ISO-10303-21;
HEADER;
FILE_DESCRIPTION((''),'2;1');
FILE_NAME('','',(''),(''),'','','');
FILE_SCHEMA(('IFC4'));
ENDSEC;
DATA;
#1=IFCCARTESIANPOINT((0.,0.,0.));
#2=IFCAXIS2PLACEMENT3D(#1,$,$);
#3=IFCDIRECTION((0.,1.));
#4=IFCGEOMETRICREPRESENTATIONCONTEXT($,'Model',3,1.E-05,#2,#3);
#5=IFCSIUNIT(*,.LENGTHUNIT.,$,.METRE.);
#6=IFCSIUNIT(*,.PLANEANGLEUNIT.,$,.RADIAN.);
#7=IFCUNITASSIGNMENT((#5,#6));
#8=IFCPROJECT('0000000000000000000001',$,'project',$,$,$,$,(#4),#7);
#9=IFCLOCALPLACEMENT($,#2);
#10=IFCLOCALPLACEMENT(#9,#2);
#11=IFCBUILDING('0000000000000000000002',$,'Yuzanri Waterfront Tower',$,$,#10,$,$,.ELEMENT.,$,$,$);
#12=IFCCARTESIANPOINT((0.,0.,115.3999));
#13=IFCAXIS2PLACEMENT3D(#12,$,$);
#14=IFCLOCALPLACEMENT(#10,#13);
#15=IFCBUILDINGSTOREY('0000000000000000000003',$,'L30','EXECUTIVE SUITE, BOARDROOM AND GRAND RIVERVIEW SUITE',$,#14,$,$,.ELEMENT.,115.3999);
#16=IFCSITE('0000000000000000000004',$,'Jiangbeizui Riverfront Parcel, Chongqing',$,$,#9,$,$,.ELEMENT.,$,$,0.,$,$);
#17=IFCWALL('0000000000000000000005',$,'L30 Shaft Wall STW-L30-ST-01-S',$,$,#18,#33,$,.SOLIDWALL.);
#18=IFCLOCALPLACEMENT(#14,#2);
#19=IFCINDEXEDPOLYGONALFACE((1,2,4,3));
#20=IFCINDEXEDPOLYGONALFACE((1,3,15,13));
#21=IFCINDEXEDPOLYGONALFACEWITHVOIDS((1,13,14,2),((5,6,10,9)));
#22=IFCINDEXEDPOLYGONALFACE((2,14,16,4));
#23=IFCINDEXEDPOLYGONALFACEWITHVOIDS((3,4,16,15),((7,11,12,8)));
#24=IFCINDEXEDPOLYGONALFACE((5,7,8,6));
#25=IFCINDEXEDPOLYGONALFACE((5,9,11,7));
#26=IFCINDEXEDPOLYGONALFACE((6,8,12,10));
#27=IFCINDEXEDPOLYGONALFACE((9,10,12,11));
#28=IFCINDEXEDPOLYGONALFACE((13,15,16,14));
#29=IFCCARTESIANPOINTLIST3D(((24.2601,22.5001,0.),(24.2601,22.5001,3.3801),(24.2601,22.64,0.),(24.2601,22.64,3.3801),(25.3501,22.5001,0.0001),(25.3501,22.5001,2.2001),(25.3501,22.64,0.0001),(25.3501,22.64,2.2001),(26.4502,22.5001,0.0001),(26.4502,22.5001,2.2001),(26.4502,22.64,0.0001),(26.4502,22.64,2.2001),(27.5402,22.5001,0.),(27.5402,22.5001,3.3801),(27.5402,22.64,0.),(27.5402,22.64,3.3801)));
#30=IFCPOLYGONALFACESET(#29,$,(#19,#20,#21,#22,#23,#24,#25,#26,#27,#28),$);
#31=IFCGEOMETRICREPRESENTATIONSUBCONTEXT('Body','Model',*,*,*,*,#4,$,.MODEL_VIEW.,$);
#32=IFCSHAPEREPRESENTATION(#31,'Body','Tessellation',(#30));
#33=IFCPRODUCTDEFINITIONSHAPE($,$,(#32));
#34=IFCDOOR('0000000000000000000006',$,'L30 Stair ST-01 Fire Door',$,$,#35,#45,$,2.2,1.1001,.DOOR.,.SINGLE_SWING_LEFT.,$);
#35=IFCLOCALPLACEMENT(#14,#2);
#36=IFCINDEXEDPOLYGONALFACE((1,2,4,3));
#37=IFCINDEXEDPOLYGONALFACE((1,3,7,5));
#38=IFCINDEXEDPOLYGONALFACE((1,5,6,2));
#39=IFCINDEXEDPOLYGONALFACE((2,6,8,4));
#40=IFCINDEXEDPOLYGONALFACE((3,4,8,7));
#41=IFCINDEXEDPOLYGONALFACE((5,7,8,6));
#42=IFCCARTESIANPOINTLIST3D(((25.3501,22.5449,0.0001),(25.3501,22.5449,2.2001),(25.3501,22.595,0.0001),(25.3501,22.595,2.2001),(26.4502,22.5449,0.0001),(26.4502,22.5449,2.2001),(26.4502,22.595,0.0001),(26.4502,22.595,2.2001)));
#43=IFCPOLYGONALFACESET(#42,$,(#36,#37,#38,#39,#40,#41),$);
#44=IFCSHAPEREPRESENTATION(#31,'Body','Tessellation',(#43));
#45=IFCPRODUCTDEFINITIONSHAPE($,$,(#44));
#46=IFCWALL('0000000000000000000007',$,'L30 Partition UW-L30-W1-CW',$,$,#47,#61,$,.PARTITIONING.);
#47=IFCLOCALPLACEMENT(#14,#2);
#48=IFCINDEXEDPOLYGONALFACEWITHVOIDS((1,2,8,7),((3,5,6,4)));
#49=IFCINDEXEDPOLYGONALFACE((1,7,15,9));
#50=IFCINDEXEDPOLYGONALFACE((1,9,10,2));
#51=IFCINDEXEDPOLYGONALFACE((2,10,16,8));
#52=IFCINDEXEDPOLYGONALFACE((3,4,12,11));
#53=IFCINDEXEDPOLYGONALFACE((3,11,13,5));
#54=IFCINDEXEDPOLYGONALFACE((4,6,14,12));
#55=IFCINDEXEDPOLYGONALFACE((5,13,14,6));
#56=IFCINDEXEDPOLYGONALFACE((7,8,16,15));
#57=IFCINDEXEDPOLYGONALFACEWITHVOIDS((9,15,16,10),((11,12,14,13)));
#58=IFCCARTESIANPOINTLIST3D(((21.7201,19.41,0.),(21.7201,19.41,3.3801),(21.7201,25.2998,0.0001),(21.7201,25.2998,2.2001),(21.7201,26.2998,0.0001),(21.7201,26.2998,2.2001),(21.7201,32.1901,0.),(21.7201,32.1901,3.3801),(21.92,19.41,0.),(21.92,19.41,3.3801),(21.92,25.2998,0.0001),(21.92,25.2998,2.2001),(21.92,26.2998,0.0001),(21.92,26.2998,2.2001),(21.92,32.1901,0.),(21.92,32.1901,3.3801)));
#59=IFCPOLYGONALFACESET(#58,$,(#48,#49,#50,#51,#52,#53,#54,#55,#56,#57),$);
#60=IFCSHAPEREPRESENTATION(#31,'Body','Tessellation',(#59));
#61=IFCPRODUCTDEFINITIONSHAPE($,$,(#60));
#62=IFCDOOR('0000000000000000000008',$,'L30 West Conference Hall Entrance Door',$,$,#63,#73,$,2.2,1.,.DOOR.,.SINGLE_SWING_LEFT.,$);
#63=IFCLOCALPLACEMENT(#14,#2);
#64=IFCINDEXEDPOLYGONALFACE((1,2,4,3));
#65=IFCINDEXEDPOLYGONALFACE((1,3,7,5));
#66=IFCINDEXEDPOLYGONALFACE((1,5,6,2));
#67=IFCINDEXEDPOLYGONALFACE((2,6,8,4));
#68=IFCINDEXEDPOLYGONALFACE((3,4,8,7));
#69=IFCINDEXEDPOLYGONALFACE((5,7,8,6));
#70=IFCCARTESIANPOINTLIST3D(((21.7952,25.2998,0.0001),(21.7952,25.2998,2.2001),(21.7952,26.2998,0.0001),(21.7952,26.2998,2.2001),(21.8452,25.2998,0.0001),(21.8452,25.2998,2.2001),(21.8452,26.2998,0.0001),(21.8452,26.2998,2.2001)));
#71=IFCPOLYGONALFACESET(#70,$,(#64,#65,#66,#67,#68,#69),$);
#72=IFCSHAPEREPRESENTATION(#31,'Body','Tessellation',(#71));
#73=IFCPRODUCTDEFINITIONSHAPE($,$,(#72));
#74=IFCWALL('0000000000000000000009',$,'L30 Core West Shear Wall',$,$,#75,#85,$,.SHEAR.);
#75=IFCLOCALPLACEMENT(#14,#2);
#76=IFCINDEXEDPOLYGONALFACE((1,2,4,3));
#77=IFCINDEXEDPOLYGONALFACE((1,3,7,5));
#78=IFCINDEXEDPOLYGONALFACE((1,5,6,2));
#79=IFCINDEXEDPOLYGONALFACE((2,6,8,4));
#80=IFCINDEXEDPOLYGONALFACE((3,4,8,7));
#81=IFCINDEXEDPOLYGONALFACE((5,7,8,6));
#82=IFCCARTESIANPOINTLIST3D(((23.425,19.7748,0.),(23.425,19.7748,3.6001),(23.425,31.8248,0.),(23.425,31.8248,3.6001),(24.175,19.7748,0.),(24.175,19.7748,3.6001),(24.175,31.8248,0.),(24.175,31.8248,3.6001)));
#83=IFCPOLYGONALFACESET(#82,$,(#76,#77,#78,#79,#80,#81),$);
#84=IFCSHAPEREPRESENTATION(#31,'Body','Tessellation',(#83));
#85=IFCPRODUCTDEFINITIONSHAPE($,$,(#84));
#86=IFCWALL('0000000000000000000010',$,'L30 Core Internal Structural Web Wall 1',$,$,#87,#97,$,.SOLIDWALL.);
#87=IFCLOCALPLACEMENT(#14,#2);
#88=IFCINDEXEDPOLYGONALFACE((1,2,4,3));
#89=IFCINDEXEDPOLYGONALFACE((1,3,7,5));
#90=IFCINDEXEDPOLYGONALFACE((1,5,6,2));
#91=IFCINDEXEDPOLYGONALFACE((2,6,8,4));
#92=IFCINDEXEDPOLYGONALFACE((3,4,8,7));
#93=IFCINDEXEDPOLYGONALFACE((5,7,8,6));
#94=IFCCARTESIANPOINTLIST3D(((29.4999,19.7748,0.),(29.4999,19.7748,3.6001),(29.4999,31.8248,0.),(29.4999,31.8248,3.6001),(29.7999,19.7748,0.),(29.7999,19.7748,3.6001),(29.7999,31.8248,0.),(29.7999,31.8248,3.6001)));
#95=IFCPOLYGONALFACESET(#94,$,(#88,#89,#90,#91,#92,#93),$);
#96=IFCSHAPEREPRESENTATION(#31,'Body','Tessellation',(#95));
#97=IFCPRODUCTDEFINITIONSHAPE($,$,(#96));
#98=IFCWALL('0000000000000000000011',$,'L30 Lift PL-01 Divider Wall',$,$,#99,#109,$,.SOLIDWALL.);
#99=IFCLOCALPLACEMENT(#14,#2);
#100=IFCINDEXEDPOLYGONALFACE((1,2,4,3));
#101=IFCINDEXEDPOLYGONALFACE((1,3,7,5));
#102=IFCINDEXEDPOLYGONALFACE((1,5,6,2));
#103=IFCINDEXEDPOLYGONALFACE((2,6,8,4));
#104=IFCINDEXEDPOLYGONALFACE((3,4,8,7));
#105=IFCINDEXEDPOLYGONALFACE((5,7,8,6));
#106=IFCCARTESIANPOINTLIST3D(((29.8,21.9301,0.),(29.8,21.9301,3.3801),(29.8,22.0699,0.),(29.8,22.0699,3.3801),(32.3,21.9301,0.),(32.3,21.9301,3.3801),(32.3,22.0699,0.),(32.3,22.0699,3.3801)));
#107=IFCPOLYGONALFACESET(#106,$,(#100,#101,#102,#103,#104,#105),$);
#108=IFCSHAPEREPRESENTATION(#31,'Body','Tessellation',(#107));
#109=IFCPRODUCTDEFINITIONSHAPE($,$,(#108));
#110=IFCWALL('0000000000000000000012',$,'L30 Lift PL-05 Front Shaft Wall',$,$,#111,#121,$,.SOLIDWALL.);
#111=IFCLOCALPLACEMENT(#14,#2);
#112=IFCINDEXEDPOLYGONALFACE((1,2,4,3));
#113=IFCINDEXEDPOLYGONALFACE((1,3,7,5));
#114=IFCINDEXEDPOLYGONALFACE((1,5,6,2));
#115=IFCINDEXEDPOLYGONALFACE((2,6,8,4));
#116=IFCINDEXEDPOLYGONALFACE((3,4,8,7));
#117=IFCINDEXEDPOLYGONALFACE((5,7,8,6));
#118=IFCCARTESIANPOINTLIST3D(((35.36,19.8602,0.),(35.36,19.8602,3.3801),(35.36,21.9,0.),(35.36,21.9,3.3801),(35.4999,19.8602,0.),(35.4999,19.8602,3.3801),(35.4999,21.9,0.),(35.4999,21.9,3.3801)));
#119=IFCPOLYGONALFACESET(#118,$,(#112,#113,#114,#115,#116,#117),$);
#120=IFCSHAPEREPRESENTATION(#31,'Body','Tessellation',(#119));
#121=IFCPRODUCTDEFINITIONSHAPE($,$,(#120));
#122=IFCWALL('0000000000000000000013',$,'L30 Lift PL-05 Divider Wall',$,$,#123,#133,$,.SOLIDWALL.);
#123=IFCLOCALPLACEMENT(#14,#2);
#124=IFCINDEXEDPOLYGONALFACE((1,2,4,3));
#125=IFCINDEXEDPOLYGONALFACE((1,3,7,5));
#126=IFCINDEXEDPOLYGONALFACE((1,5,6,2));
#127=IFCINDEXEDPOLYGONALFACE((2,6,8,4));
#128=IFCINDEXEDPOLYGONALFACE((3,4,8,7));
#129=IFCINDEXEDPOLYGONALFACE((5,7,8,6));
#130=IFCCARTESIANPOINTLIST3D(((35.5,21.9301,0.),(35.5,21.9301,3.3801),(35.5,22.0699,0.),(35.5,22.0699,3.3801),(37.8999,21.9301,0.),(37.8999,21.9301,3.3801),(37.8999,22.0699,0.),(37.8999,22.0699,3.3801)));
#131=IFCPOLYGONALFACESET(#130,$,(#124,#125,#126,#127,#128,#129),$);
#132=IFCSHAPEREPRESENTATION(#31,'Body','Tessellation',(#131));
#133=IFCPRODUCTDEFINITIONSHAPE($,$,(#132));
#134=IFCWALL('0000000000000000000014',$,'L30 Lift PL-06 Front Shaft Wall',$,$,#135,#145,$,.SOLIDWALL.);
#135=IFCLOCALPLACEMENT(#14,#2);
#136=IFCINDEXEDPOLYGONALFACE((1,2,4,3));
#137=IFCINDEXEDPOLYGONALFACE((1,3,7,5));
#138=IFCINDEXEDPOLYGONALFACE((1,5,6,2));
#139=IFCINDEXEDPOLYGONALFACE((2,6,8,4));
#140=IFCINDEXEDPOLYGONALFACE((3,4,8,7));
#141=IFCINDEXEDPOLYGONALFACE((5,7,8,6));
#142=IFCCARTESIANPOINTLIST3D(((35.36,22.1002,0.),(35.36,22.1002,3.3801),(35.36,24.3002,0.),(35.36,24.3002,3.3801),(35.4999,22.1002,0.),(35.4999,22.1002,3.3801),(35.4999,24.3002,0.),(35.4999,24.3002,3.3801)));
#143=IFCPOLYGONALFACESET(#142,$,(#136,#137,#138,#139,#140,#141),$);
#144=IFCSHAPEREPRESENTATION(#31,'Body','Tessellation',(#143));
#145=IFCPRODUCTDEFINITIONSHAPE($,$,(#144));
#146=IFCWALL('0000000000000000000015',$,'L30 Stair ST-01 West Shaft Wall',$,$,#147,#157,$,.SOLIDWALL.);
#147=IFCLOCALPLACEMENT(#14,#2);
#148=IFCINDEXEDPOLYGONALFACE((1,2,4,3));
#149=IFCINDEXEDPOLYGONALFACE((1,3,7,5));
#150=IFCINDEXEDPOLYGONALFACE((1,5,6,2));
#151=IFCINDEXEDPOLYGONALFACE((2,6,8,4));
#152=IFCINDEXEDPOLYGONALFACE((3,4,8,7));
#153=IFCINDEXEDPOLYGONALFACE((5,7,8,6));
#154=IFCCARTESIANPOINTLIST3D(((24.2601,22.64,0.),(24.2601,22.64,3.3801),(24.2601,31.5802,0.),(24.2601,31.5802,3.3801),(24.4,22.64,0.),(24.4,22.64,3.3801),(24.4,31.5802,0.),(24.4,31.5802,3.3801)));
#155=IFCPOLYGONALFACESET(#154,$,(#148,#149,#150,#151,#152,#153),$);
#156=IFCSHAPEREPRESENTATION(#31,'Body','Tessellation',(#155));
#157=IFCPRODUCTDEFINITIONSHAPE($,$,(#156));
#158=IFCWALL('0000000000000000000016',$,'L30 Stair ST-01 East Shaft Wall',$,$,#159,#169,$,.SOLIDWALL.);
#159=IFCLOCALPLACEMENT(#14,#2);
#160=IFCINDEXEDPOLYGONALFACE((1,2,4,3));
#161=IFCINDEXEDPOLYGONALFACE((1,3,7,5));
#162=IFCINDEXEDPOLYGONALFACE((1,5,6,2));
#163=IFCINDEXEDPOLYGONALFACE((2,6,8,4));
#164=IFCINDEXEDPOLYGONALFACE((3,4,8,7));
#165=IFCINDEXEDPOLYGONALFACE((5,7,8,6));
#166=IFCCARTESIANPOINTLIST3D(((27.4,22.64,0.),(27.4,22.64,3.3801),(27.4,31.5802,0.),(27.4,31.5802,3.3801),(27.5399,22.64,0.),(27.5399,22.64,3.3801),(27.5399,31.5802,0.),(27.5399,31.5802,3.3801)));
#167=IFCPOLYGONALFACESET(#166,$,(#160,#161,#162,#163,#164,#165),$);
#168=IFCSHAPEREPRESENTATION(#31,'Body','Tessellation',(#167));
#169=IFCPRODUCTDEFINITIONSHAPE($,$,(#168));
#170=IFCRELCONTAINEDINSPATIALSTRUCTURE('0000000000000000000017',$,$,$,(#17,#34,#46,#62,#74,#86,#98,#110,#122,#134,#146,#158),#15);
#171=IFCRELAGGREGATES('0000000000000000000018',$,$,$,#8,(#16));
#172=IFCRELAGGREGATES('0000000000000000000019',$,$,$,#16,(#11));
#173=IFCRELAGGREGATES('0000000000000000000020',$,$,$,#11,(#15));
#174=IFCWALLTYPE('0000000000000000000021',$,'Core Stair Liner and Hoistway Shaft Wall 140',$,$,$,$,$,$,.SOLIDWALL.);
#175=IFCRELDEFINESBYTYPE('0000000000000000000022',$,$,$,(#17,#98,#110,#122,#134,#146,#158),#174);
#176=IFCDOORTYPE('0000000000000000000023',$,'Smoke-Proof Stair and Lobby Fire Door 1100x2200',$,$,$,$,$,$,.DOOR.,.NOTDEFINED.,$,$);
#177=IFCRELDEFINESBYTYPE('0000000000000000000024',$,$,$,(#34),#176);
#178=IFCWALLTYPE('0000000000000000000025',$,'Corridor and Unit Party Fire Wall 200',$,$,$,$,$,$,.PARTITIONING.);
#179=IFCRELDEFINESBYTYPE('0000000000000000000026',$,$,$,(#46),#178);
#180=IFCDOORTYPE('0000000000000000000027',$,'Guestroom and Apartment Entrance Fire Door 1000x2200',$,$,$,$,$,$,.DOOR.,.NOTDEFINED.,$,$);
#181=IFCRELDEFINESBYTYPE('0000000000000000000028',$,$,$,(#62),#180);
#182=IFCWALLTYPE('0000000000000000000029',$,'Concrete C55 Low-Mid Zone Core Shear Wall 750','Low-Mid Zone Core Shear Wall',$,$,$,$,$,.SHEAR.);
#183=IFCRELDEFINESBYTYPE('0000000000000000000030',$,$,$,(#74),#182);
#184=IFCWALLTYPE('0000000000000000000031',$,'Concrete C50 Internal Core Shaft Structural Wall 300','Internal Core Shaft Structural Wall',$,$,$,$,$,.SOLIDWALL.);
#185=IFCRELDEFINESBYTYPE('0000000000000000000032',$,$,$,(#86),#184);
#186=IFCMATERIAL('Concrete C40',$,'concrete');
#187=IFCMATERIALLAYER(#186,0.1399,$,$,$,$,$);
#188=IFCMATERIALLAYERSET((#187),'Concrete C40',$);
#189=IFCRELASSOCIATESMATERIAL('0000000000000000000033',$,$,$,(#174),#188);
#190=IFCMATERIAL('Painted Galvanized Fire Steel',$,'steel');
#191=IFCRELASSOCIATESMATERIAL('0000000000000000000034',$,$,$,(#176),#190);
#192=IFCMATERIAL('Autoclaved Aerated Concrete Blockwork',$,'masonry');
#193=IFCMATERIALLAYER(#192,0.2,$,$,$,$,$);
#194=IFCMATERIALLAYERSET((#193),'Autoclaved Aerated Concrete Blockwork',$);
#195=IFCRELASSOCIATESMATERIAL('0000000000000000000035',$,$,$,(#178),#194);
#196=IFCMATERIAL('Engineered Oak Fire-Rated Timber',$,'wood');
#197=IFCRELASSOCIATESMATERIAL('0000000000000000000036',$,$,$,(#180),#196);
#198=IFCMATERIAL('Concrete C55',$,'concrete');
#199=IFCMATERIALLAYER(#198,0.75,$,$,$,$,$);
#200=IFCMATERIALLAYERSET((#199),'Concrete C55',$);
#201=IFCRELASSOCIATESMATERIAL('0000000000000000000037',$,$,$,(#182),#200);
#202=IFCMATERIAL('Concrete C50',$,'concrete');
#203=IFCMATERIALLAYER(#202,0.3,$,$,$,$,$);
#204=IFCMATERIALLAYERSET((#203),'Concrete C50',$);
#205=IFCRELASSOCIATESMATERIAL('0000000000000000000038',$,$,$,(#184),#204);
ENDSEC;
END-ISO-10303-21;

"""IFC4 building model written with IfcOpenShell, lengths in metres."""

from ifc_helpers import new_model, si_unit, direction, frame, frame_2d, origin, place, context, subcontext, project, spatial, rectangle, extrude, source, transform, mapped, material, layer, layer_set, type_object, element, fill, save


model = new_model("IFC4")

# Units and contexts
model_context = context("Model", 3, precision=1e-05, world=origin(), true_north=direction((0.0, 1.0)))
body_context = subcontext(model_context, "Body", "Model", "MODEL_VIEW")
ifc_project = project(units=[si_unit("LENGTHUNIT", "METRE"), si_unit("PLANEANGLEUNIT", "RADIAN")], contexts=[model_context])

# Site, building, storey
site_placement = place(None, origin())
site = spatial("IfcSite", under=ifc_project, at=site_placement, Name="Jiangbeizui Riverfront Parcel, Chongqing", CompositionType="ELEMENT", RefElevation=0.0)
building_placement = place(site_placement, origin())
building = spatial("IfcBuilding", under=site, at=building_placement, Name="Yuzanri Waterfront Tower", CompositionType="ELEMENT")
storey_placement = place(building_placement, frame((0.0, 0.0, 115.3999)))
storey = spatial("IfcBuildingStorey", under=building, at=storey_placement, Name="L30", Description="EXECUTIVE SUITE, BOARDROOM AND GRAND RIVERVIEW SUITE", CompositionType="ELEMENT", Elevation=115.3999)

# Walls, openings, doors
ifc_material_1 = material(Name="Concrete C40", Category="concrete")
ifc_layer_1 = layer(ifc_material_1, 0.1399)
ifc_layer_set_1 = layer_set([ifc_layer_1], Name="Concrete C40")
wall_type_1 = type_object("IfcWallType", Name="Core Stair Liner and Hoistway Shaft Wall 140", PredefinedType="SOLIDWALL", material=ifc_layer_set_1)
wall_1_placement = place(storey_placement, frame((24.26, 22.5701, 0.0), z_axis=(0.0, 0.0, 1.0), x_axis=(1.0, 0.0, 0.0)))
wall_1 = element("IfcWall", 1, at=wall_1_placement, inside=storey, type_object=wall_type_1, Name="L30 Shaft Wall STW-L30-ST-01-S", PredefinedType="SOLIDWALL", context=body_context, shape_type="SweptSolid", body=[
    extrude(rectangle(XDim=3.28, YDim=0.1399, at=frame_2d((1.6401, 0.0))), origin(), (0.0, 0.0, 1.0), 3.3801),
])
opening_1_placement = place(wall_1_placement, frame((1.0901, 0.0, 0.0)))
opening_1 = element("IfcOpeningElement", 2, at=opening_1_placement, cuts=wall_1, PredefinedType="OPENING", context=body_context, shape_type="SweptSolid", body=[
    extrude(rectangle(XDim=1.1001, YDim=2.2, at=frame_2d((0.55, 1.1001))), frame((0.0, 0.085, 0.0), z_axis=(0.0, -1.0, 0.0), x_axis=(1.0, 0.0, 0.0)), (0.0, 0.0, 1.0), 0.1697),
])
ifc_material_2 = material(Name="Painted Galvanized Fire Steel", Category="steel")
door_type_1 = type_object("IfcDoorType", Name="Smoke-Proof Stair and Lobby Fire Door 1100x2200", OperationType="NOTDEFINED", PredefinedType="DOOR", material=ifc_material_2)
shared_shape_1 = source(origin(), body_context, "Body", "SweptSolid", [
    extrude(rectangle(XDim=1.1001, YDim=2.2, at=frame_2d((0.55, 1.1001))), frame((0.0, 0.0249, 0.0), z_axis=(0.0, -1.0, 0.0), x_axis=(1.0, 0.0, 0.0)), (0.0, 0.0, 1.0), 0.05),
])
door_1_placement = place(opening_1_placement, origin())
door_1 = element("IfcDoor", 3, at=door_1_placement, inside=storey, type_object=door_type_1, Name="L30 Stair ST-01 Fire Door", OperationType="SINGLE_SWING_LEFT", OverallHeight=2.2, OverallWidth=1.1001, PredefinedType="DOOR", context=body_context, shape_type="MappedRepresentation", body=[
    mapped(shared_shape_1, transform((0.0, 0.0, 0.0), scale=1.0)),
])
fill(opening_1, door_1)
ifc_material_3 = material(Name="Autoclaved Aerated Concrete Blockwork", Category="masonry")
ifc_layer_2 = layer(ifc_material_3, 0.2)
ifc_layer_set_2 = layer_set([ifc_layer_2], Name="Autoclaved Aerated Concrete Blockwork")
wall_type_2 = type_object("IfcWallType", Name="Corridor and Unit Party Fire Wall 200", PredefinedType="PARTITIONING", material=ifc_layer_set_2)
wall_2_placement = place(storey_placement, frame((21.8201, 19.4099, 0.0), z_axis=(0.0, 0.0, 1.0), x_axis=(0.0, 1.0, 0.0)))
wall_2 = element("IfcWall", 4, at=wall_2_placement, inside=storey, type_object=wall_type_2, Name="L30 Partition UW-L30-W1-CW", PredefinedType="PARTITIONING", context=body_context, shape_type="SweptSolid", body=[
    extrude(rectangle(XDim=12.78, YDim=0.2, at=frame_2d((6.3901, 0.0))), origin(), (0.0, 0.0, 1.0), 3.3801),
])
opening_2_placement = place(wall_2_placement, frame((5.8899, 0.0, 0.0)))
opening_2 = element("IfcOpeningElement", 5, at=opening_2_placement, cuts=wall_2, PredefinedType="OPENING", context=body_context, shape_type="SweptSolid", body=[
    extrude(rectangle(XDim=1.0, YDim=2.2, at=frame_2d((0.5, 1.1001))), frame((0.0, 0.1147, 0.0), z_axis=(0.0, -1.0, 0.0), x_axis=(1.0, 0.0, 0.0)), (0.0, 0.0, 1.0), 0.2297),
])
ifc_material_4 = material(Name="Engineered Oak Fire-Rated Timber", Category="wood")
door_type_2 = type_object("IfcDoorType", Name="Guestroom and Apartment Entrance Fire Door 1000x2200", OperationType="NOTDEFINED", PredefinedType="DOOR", material=ifc_material_4)
shared_shape_2 = source(origin(), body_context, "Body", "SweptSolid", [
    extrude(rectangle(XDim=1.0, YDim=2.2, at=frame_2d((0.5, 1.1001))), frame((0.0, 0.0249, 0.0), z_axis=(0.0, -1.0, 0.0), x_axis=(1.0, 0.0, 0.0)), (0.0, 0.0, 1.0), 0.05),
])
door_2_placement = place(opening_2_placement, origin())
door_2 = element("IfcDoor", 6, at=door_2_placement, inside=storey, type_object=door_type_2, Name="L30 West Conference Hall Entrance Door", OperationType="SINGLE_SWING_LEFT", OverallHeight=2.2, OverallWidth=1.0, PredefinedType="DOOR", context=body_context, shape_type="MappedRepresentation", body=[
    mapped(shared_shape_2, transform((0.0, 0.0, 0.0), scale=1.0)),
])
fill(opening_2, door_2)

# Walls
ifc_material_5 = material(Name="Concrete C55", Category="concrete")
ifc_layer_3 = layer(ifc_material_5, 0.75)
ifc_layer_set_3 = layer_set([ifc_layer_3], Name="Concrete C55")
wall_type_3 = type_object("IfcWallType", Name="Concrete C55 Low-Mid Zone Core Shear Wall 750", Description="Low-Mid Zone Core Shear Wall", PredefinedType="SHEAR", material=ifc_layer_set_3)
shared_shape_3 = source(origin(), body_context, "Body", "SweptSolid", [
    extrude(rectangle(XDim=12.05, YDim=0.75, at=frame_2d((6.0249, 0.0))), origin(), (0.0, 0.0, 1.0), 3.6001),
])
wall_3_placement = place(storey_placement, frame((23.8, 19.7749, 0.0), z_axis=(0.0, 0.0, 1.0), x_axis=(0.0, 1.0, 0.0)))
element("IfcWall", 7, at=wall_3_placement, inside=storey, type_object=wall_type_3, Name="L30 Core West Shear Wall", PredefinedType="SHEAR", context=body_context, shape_type="MappedRepresentation", body=[
    mapped(shared_shape_3, transform((0.0, 0.0, 0.0), scale=1.0)),
])
ifc_material_6 = material(Name="Concrete C50", Category="concrete")
ifc_layer_4 = layer(ifc_material_6, 0.3)
ifc_layer_set_4 = layer_set([ifc_layer_4], Name="Concrete C50")
wall_type_4 = type_object("IfcWallType", Name="Concrete C50 Internal Core Shaft Structural Wall 300", Description="Internal Core Shaft Structural Wall", PredefinedType="SOLIDWALL", material=ifc_layer_set_4)
shared_shape_4 = source(origin(), body_context, "Body", "SweptSolid", [
    extrude(rectangle(XDim=12.05, YDim=0.3, at=frame_2d((6.0249, 0.0))), origin(), (0.0, 0.0, 1.0), 3.6001),
])
wall_4_placement = place(storey_placement, frame((29.6499, 19.7749, 0.0), z_axis=(0.0, 0.0, 1.0), x_axis=(0.0, 1.0, 0.0)))
element("IfcWall", 8, at=wall_4_placement, inside=storey, type_object=wall_type_4, Name="L30 Core Internal Structural Web Wall 1", PredefinedType="SOLIDWALL", context=body_context, shape_type="MappedRepresentation", body=[
    mapped(shared_shape_4, transform((0.0, 0.0, 0.0), scale=1.0)),
])
shared_shape_5 = source(origin(), body_context, "Body", "SweptSolid", [
    extrude(rectangle(XDim=2.5, YDim=0.1399, at=frame_2d((1.25, 0.0))), origin(), (0.0, 0.0, 1.0), 3.3801),
])
wall_5_placement = place(storey_placement, frame((29.8, 22.0, 0.0), z_axis=(0.0, 0.0, 1.0), x_axis=(1.0, 0.0, 0.0)))
element("IfcWall", 9, at=wall_5_placement, inside=storey, type_object=wall_type_1, Name="L30 Lift PL-01 Divider Wall", PredefinedType="SOLIDWALL", context=body_context, shape_type="MappedRepresentation", body=[
    mapped(shared_shape_5, transform((0.0, 0.0, 0.0), scale=1.0)),
])
shared_shape_6 = source(origin(), body_context, "Body", "SweptSolid", [
    extrude(rectangle(XDim=2.0398, YDim=0.1399, at=frame_2d((1.02, 0.0))), origin(), (0.0, 0.0, 1.0), 3.3801),
])
wall_6_placement = place(storey_placement, frame((35.4299, 19.8601, 0.0), z_axis=(0.0, 0.0, 1.0), x_axis=(0.0, 1.0, 0.0)))
element("IfcWall", 10, at=wall_6_placement, inside=storey, type_object=wall_type_1, Name="L30 Lift PL-05 Front Shaft Wall", PredefinedType="SOLIDWALL", context=body_context, shape_type="MappedRepresentation", body=[
    mapped(shared_shape_6, transform((0.0, 0.0, 0.0), scale=1.0)),
])
shared_shape_7 = source(origin(), body_context, "Body", "SweptSolid", [
    extrude(rectangle(XDim=2.3999, YDim=0.1399, at=frame_2d((1.2, 0.0))), origin(), (0.0, 0.0, 1.0), 3.3801),
])
wall_7_placement = place(storey_placement, frame((35.5, 22.0, 0.0), z_axis=(0.0, 0.0, 1.0), x_axis=(1.0, 0.0, 0.0)))
element("IfcWall", 11, at=wall_7_placement, inside=storey, type_object=wall_type_1, Name="L30 Lift PL-05 Divider Wall", PredefinedType="SOLIDWALL", context=body_context, shape_type="MappedRepresentation", body=[
    mapped(shared_shape_7, transform((0.0, 0.0, 0.0), scale=1.0)),
])
shared_shape_8 = source(origin(), body_context, "Body", "SweptSolid", [
    extrude(rectangle(XDim=2.2, YDim=0.1399, at=frame_2d((1.1001, 0.0))), origin(), (0.0, 0.0, 1.0), 3.3801),
])
wall_8_placement = place(storey_placement, frame((35.4299, 22.1001, 0.0), z_axis=(0.0, 0.0, 1.0), x_axis=(0.0, 1.0, 0.0)))
element("IfcWall", 12, at=wall_8_placement, inside=storey, type_object=wall_type_1, Name="L30 Lift PL-06 Front Shaft Wall", PredefinedType="SOLIDWALL", context=body_context, shape_type="MappedRepresentation", body=[
    mapped(shared_shape_8, transform((0.0, 0.0, 0.0), scale=1.0)),
])
shared_shape_9 = source(origin(), body_context, "Body", "SweptSolid", [
    extrude(rectangle(XDim=8.9402, YDim=0.1399, at=frame_2d((4.4702, 0.0))), origin(), (0.0, 0.0, 1.0), 3.3801),
])
for number, where, z_axis, x_axis, name in (
    (13, (24.3301, 22.6399, 0.0), (0.0, 0.0, 1.0), (0.0, 1.0, 0.0), "L30 Stair ST-01 West Shaft Wall"),
    (14, (27.47, 22.6399, 0.0), (0.0, 0.0, 1.0), (0.0, 1.0, 0.0), "L30 Stair ST-01 East Shaft Wall"),
):
    element("IfcWall", number, at=place(storey_placement, frame(where, z_axis=z_axis, x_axis=x_axis)), inside=storey, type_object=wall_type_1, Name=name, PredefinedType="SOLIDWALL", context=body_context, shape_type="MappedRepresentation", body=[
        mapped(shared_shape_9, transform((0.0, 0.0, 0.0), scale=1.0)),
    ])

save(model, "model.ifc")
